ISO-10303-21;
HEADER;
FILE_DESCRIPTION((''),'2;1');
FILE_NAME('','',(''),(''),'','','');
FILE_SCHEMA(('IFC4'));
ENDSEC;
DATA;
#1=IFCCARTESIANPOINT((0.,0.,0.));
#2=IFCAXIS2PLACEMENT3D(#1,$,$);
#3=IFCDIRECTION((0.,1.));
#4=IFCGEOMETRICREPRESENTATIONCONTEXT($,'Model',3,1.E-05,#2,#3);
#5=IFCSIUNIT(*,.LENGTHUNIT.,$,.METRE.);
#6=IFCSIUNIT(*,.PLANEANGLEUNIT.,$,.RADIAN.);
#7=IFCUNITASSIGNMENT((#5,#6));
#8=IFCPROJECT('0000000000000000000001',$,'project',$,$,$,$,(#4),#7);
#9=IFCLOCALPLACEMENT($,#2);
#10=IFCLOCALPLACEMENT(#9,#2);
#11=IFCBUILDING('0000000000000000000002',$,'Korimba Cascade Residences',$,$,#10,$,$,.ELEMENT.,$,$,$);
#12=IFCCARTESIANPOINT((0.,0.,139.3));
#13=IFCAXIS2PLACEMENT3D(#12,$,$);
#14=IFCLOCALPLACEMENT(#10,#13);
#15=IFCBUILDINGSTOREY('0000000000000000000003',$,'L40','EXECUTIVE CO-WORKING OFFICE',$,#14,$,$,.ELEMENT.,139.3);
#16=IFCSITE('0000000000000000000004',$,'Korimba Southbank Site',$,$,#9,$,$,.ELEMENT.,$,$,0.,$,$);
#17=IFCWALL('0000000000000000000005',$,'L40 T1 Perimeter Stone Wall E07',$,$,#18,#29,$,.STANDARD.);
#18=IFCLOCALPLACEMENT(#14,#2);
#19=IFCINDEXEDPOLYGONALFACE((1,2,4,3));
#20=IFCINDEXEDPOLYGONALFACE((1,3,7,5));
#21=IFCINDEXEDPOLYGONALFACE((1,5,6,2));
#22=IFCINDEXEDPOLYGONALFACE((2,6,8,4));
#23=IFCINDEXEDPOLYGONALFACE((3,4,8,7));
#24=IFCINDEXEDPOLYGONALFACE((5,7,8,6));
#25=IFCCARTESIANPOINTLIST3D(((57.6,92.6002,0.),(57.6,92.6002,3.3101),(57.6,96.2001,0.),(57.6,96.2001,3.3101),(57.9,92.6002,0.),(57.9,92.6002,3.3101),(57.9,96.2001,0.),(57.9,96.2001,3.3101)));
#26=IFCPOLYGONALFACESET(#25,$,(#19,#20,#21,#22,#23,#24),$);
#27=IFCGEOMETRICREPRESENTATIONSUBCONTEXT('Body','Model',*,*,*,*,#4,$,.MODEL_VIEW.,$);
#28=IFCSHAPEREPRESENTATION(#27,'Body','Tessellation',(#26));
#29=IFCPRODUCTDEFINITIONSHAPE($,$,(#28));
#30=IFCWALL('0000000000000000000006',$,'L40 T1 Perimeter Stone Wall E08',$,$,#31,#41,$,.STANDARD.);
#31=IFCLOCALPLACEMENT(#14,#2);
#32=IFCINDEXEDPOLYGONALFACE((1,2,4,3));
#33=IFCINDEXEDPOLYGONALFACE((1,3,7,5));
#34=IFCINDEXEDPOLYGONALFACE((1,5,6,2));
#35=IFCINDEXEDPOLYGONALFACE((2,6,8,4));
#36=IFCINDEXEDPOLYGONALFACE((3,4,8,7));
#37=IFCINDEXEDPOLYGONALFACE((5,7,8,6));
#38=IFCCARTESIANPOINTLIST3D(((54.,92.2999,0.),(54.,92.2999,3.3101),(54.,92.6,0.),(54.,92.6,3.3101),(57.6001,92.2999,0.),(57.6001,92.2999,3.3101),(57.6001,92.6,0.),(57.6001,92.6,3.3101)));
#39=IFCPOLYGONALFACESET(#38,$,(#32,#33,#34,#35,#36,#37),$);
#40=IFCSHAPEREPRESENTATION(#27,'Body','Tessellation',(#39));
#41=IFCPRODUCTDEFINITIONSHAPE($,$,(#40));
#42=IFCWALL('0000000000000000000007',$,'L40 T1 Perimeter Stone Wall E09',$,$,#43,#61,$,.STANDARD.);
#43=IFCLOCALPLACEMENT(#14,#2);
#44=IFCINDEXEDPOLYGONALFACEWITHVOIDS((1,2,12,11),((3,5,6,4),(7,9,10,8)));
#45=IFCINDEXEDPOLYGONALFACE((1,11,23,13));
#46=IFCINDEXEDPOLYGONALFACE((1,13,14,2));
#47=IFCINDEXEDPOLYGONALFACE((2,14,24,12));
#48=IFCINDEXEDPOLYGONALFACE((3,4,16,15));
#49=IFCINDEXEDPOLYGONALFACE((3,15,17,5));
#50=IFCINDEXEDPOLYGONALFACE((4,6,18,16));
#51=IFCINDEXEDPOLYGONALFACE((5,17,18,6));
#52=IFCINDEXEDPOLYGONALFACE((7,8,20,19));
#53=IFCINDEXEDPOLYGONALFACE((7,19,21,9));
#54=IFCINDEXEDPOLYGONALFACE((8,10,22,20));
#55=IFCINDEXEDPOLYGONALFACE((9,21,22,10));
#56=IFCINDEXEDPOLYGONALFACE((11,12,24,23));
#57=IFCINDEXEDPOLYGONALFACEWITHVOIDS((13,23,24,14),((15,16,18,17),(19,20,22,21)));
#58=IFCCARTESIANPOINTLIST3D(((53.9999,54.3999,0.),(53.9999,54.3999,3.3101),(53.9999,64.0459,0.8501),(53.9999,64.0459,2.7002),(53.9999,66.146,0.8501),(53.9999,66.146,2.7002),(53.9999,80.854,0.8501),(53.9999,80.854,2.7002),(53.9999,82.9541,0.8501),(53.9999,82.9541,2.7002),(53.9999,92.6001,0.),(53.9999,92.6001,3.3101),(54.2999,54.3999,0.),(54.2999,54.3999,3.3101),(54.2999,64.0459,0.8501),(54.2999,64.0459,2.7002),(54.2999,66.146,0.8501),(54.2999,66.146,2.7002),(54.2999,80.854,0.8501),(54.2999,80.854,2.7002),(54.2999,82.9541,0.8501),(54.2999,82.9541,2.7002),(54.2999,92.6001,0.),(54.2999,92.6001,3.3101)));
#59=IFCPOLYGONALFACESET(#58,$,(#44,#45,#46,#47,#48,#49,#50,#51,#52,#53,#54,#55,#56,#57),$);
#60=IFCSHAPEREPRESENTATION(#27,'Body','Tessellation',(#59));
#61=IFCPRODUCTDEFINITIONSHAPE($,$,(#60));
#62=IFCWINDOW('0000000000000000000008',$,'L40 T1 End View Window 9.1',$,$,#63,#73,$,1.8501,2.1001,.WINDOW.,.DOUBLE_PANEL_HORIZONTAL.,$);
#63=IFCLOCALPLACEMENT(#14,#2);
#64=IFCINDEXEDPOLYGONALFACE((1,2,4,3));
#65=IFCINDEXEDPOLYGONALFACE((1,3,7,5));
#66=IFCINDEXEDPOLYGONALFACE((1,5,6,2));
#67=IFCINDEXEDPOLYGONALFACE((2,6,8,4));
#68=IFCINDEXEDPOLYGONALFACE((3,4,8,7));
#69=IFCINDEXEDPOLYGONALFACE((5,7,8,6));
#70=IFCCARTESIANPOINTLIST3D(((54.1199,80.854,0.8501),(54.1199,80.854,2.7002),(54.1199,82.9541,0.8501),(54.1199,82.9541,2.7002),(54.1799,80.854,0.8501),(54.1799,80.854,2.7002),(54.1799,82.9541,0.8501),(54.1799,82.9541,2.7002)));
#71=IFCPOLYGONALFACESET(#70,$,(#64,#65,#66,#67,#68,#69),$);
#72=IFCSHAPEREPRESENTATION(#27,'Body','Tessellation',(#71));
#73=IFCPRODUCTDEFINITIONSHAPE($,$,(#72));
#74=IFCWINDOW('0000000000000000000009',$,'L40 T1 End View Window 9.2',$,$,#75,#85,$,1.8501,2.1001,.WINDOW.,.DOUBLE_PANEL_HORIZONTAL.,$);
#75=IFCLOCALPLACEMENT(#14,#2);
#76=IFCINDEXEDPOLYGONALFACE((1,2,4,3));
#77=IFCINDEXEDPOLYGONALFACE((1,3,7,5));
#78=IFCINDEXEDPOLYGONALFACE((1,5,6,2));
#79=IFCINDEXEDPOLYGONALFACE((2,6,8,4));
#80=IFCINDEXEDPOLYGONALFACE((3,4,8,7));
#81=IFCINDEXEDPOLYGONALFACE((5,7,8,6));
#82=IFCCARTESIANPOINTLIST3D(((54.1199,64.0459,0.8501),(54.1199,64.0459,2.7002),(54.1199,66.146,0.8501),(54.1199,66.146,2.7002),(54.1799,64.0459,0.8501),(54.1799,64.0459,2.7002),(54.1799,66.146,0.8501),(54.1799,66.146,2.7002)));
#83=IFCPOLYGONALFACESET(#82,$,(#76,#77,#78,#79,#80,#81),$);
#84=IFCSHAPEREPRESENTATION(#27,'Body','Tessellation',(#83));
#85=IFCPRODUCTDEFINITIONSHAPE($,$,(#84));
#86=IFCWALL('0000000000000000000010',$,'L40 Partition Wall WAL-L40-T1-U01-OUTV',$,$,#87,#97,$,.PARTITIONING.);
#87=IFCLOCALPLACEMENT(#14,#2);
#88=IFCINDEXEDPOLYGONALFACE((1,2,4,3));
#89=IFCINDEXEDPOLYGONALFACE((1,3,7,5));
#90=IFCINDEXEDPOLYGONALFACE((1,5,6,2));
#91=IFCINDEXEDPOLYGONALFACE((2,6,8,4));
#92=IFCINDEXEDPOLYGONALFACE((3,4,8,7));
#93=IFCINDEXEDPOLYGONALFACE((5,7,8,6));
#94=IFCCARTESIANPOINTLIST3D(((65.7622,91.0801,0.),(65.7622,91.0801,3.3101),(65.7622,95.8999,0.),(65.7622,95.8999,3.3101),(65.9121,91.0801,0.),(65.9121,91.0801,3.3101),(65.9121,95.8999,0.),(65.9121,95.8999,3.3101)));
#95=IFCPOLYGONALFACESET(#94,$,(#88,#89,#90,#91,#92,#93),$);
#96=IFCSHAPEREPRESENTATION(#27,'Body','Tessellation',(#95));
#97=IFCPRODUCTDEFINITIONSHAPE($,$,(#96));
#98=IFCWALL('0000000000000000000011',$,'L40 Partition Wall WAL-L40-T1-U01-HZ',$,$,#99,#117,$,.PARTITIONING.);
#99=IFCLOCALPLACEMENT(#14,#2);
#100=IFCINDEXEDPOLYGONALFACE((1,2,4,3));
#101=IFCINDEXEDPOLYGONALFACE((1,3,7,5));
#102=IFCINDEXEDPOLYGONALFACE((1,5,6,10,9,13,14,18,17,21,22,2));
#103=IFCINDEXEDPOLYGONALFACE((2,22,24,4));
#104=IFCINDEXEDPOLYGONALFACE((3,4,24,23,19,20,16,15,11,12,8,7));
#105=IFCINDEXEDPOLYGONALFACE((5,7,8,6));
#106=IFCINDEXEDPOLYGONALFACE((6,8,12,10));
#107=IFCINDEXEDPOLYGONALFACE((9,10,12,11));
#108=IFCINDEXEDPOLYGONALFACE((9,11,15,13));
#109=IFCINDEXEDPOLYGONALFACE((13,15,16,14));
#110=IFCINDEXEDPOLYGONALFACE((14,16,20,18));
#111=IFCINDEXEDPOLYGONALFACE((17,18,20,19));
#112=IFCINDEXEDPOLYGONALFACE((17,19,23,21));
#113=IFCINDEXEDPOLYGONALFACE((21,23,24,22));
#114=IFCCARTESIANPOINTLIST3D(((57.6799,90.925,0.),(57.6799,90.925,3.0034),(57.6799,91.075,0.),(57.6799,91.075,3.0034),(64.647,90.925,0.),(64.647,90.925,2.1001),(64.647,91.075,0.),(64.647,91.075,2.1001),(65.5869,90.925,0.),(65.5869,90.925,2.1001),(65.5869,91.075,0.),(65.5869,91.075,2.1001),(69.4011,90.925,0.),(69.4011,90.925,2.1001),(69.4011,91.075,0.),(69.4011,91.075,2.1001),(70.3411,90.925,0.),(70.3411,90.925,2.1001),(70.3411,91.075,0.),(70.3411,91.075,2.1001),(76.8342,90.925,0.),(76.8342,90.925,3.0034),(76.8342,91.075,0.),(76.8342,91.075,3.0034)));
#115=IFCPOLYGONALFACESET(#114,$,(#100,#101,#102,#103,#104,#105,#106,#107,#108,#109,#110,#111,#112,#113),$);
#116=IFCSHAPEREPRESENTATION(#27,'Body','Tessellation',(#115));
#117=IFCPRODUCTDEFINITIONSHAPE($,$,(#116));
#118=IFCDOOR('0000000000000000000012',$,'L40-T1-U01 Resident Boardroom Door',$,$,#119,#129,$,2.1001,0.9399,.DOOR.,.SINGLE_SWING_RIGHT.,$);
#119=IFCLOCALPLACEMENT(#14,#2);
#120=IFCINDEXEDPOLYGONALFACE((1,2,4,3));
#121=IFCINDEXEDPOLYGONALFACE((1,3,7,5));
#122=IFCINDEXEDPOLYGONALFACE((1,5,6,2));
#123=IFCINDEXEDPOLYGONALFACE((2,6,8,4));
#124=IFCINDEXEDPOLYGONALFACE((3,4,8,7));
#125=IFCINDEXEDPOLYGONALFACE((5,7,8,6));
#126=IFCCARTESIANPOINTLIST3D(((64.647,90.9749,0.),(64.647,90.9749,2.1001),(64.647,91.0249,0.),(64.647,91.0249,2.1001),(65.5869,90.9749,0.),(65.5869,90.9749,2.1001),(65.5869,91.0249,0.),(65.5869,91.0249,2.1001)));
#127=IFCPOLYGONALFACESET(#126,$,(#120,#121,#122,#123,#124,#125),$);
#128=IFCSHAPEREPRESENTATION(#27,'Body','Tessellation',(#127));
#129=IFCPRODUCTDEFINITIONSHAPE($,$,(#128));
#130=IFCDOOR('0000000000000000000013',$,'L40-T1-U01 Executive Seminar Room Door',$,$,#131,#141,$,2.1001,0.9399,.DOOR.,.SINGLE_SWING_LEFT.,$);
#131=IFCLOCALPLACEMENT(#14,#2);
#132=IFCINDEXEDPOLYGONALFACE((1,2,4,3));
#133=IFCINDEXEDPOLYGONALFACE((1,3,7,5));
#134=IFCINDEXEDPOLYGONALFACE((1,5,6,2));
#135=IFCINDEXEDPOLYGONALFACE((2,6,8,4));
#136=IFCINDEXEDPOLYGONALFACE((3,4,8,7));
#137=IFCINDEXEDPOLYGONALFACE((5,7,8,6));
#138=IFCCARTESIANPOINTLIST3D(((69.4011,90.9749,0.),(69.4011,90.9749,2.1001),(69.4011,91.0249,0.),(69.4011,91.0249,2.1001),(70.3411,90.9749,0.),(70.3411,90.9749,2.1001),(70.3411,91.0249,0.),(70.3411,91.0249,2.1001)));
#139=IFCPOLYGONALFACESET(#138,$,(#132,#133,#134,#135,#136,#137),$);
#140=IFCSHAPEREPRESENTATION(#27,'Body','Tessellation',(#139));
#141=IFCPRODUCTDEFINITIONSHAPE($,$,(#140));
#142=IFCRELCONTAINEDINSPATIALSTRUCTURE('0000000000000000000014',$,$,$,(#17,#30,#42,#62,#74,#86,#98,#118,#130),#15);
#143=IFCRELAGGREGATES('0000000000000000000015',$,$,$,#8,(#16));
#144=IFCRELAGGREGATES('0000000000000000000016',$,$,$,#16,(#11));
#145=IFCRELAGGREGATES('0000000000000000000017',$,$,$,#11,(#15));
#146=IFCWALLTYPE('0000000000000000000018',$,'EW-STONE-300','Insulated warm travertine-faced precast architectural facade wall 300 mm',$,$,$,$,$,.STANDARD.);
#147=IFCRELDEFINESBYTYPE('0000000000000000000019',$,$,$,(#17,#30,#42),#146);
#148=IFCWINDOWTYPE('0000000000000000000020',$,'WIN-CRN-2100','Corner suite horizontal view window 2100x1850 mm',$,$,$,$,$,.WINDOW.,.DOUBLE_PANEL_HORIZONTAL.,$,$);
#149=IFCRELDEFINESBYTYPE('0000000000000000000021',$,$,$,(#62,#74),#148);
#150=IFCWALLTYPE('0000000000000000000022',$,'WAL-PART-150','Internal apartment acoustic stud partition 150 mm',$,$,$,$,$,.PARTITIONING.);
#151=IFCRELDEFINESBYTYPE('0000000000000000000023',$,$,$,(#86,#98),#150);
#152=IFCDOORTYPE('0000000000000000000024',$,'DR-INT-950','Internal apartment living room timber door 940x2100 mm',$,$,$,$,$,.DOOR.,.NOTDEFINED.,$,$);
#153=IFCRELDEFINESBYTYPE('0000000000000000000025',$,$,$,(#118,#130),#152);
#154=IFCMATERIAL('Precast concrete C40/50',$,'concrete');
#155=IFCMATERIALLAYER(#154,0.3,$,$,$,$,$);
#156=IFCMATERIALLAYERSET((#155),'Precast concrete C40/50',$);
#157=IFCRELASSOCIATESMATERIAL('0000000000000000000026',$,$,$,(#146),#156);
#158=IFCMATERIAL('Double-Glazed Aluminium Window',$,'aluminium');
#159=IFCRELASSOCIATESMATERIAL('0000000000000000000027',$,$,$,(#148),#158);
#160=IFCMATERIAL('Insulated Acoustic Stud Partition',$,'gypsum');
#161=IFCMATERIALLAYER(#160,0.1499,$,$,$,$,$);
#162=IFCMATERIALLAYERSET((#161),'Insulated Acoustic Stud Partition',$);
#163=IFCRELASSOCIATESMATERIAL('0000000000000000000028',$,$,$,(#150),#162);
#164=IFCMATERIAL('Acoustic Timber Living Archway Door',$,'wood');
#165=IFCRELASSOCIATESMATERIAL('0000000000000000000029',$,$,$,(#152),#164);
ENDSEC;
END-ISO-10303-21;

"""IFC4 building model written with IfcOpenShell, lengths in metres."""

from ifc_helpers import new_model, si_unit, direction, frame, frame_2d, origin, place, context, subcontext, project, spatial, rectangle, extrude, material, layer, layer_set, type_object, element, fill, save


model = new_model("IFC4")

# Units and contexts
model_context = context("Model", 3, precision=1e-05, world=origin(), true_north=direction((0.0, 1.0)))
body_context = subcontext(model_context, "Body", "Model", "MODEL_VIEW")
ifc_project = project(units=[si_unit("LENGTHUNIT", "METRE"), si_unit("PLANEANGLEUNIT", "RADIAN")], contexts=[model_context])

# Site, building, storey
site_placement = place(None, origin())
site = spatial("IfcSite", under=ifc_project, at=site_placement, Name="Korimba Southbank Site", CompositionType="ELEMENT", RefElevation=0.0)
building_placement = place(site_placement, origin())
building = spatial("IfcBuilding", under=site, at=building_placement, Name="Korimba Cascade Residences", CompositionType="ELEMENT")
storey_placement = place(building_placement, frame((0.0, 0.0, 139.3)))
storey = spatial("IfcBuildingStorey", under=building, at=storey_placement, Name="L40", Description="EXECUTIVE CO-WORKING OFFICE", CompositionType="ELEMENT", Elevation=139.3)

# Walls
ifc_material_1 = material(Name="Precast concrete C40/50", Category="concrete")
ifc_layer_1 = layer(ifc_material_1, 0.3)
ifc_layer_set_1 = layer_set([ifc_layer_1], Name="Precast concrete C40/50")
wall_type_1 = type_object("IfcWallType", Name="EW-STONE-300", Description="Insulated warm travertine-faced precast architectural facade wall 300 mm", PredefinedType="STANDARD", material=ifc_layer_set_1)
wall_1_placement = place(storey_placement, frame((57.75, 96.2, 0.0), z_axis=(0.0, 0.0, 1.0), x_axis=(0.0, -1.0, 0.0)))
element("IfcWall", 1, at=wall_1_placement, inside=storey, type_object=wall_type_1, Name="L40 T1 Perimeter Stone Wall E07", PredefinedType="STANDARD", context=body_context, shape_type="SweptSolid", body=[
    extrude(rectangle(XDim=3.5999, YDim=0.3, at=frame_2d((1.7998, 0.0))), origin(), (0.0, 0.0, 1.0), 3.3101),
])
wall_2_placement = place(storey_placement, frame((57.6001, 92.45, 0.0), z_axis=(0.0, 0.0, 1.0), x_axis=(-1.0, 0.0, 0.0)))
element("IfcWall", 2, at=wall_2_placement, inside=storey, type_object=wall_type_1, Name="L40 T1 Perimeter Stone Wall E08", PredefinedType="STANDARD", context=body_context, shape_type="SweptSolid", body=[
    extrude(rectangle(XDim=3.6001, YDim=0.3, at=frame_2d((1.8, 0.0))), origin(), (0.0, 0.0, 1.0), 3.3101),
])

# Wall, openings, windows
wall_3_placement = place(storey_placement, frame((54.1499, 92.6001, 0.0), z_axis=(0.0, 0.0, 1.0), x_axis=(0.0, -1.0, 0.0)))
wall_3 = element("IfcWall", 3, at=wall_3_placement, inside=storey, type_object=wall_type_1, Name="L40 T1 Perimeter Stone Wall E09", PredefinedType="STANDARD", context=body_context, shape_type="SweptSolid", body=[
    extrude(rectangle(XDim=38.2002, YDim=0.3, at=frame_2d((19.1001, 0.0))), origin(), (0.0, 0.0, 1.0), 3.3101),
])
opening_1_placement = place(wall_3_placement, frame((9.646, 0.0, 0.8501)))
opening_1 = element("IfcOpeningElement", 4, at=opening_1_placement, cuts=wall_3, PredefinedType="OPENING", context=body_context, shape_type="SweptSolid", body=[
    extrude(rectangle(XDim=2.1001, YDim=1.8501, at=frame_2d((1.05, 0.925))), frame((0.0, 0.1602, 0.0), z_axis=(0.0, -1.0, 0.0), x_axis=(1.0, 0.0, 0.0)), (0.0, 0.0, 1.0), 0.3201),
])
opening_2_placement = place(wall_3_placement, frame((26.4541, 0.0, 0.8501)))
opening_2 = element("IfcOpeningElement", 5, at=opening_2_placement, cuts=wall_3, PredefinedType="OPENING", context=body_context, shape_type="SweptSolid", body=[
    extrude(rectangle(XDim=2.1001, YDim=1.8501, at=frame_2d((1.05, 0.925))), frame((0.0, 0.1602, 0.0), z_axis=(0.0, -1.0, 0.0), x_axis=(1.0, 0.0, 0.0)), (0.0, 0.0, 1.0), 0.3201),
])
ifc_material_2 = material(Name="Double-Glazed Aluminium Window", Category="aluminium")
window_type = type_object("IfcWindowType", Name="WIN-CRN-2100", Description="Corner suite horizontal view window 2100x1850 mm", PartitioningType="DOUBLE_PANEL_HORIZONTAL", PredefinedType="WINDOW", material=ifc_material_2)
window_1_placement = place(opening_1_placement, origin())
window_1 = element("IfcWindow", 6, at=window_1_placement, inside=storey, type_object=window_type, Name="L40 T1 End View Window 9.1", OverallHeight=1.8501, OverallWidth=2.1001, PartitioningType="DOUBLE_PANEL_HORIZONTAL", PredefinedType="WINDOW", context=body_context, shape_type="SweptSolid", body=[
    extrude(rectangle(XDim=2.1001, YDim=1.8501, at=frame_2d((1.05, 0.925))), frame((0.0, 0.03, 0.0), z_axis=(0.0, -1.0, 0.0), x_axis=(1.0, 0.0, 0.0)), (0.0, 0.0, 1.0), 0.0601),
])
fill(opening_1, window_1)
window_2_placement = place(opening_2_placement, origin())
window_2 = element("IfcWindow", 7, at=window_2_placement, inside=storey, type_object=window_type, Name="L40 T1 End View Window 9.2", OverallHeight=1.8501, OverallWidth=2.1001, PartitioningType="DOUBLE_PANEL_HORIZONTAL", PredefinedType="WINDOW", context=body_context, shape_type="SweptSolid", body=[
    extrude(rectangle(XDim=2.1001, YDim=1.8501, at=frame_2d((1.05, 0.925))), frame((0.0, 0.03, 0.0), z_axis=(0.0, -1.0, 0.0), x_axis=(1.0, 0.0, 0.0)), (0.0, 0.0, 1.0), 0.0601),
])
fill(opening_2, window_2)

# Wall
ifc_material_3 = material(Name="Insulated Acoustic Stud Partition", Category="gypsum")
ifc_layer_2 = layer(ifc_material_3, 0.1499)
ifc_layer_set_2 = layer_set([ifc_layer_2], Name="Insulated Acoustic Stud Partition")
wall_type_2 = type_object("IfcWallType", Name="WAL-PART-150", Description="Internal apartment acoustic stud partition 150 mm", PredefinedType="PARTITIONING", material=ifc_layer_set_2)
wall_4_placement = place(storey_placement, frame((65.8372, 91.0801, 0.0), z_axis=(0.0, 0.0, 1.0), x_axis=(0.0, 1.0, 0.0)))
element("IfcWall", 8, at=wall_4_placement, inside=storey, type_object=wall_type_2, Name="L40 Partition Wall WAL-L40-T1-U01-OUTV", PredefinedType="PARTITIONING", context=body_context, shape_type="SweptSolid", body=[
    extrude(rectangle(XDim=4.8198, YDim=0.1499, at=frame_2d((2.4099, 0.0))), origin(), (0.0, 0.0, 1.0), 3.3101),
])

# Wall, openings, doors
wall_5_placement = place(storey_placement, frame((57.6799, 91.0, 0.0), z_axis=(0.0, 0.0, 1.0), x_axis=(1.0, 0.0, 0.0)))
wall_5 = element("IfcWall", 9, at=wall_5_placement, inside=storey, type_object=wall_type_2, Name="L40 Partition Wall WAL-L40-T1-U01-HZ", PredefinedType="PARTITIONING", context=body_context, shape_type="SweptSolid", body=[
    extrude(rectangle(XDim=19.1543, YDim=0.1499, at=frame_2d((9.5771, 0.0))), origin(), (0.0, 0.0, 1.0), 3.0034),
])
opening_3_placement = place(wall_5_placement, frame((6.967, 0.0, 0.0)))
opening_3 = element("IfcOpeningElement", 10, at=opening_3_placement, cuts=wall_5, PredefinedType="OPENING", context=body_context, shape_type="SweptSolid", body=[
    extrude(rectangle(XDim=0.9399, YDim=2.1001, at=frame_2d((0.47, 1.05))), frame((0.0, 0.085, 0.0), z_axis=(0.0, -1.0, 0.0), x_axis=(1.0, 0.0, 0.0)), (0.0, 0.0, 1.0), 0.1699),
])
opening_4_placement = place(wall_5_placement, frame((11.7212, 0.0, 0.0)))
opening_4 = element("IfcOpeningElement", 11, at=opening_4_placement, cuts=wall_5, PredefinedType="OPENING", context=body_context, shape_type="SweptSolid", body=[
    extrude(rectangle(XDim=0.9399, YDim=2.1001, at=frame_2d((0.47, 1.05))), frame((0.0, 0.085, 0.0), z_axis=(0.0, -1.0, 0.0), x_axis=(1.0, 0.0, 0.0)), (0.0, 0.0, 1.0), 0.1699),
])
ifc_material_4 = material(Name="Acoustic Timber Living Archway Door", Category="wood")
door_type = type_object("IfcDoorType", Name="DR-INT-950", Description="Internal apartment living room timber door 940x2100 mm", OperationType="NOTDEFINED", PredefinedType="DOOR", material=ifc_material_4)
door_1_placement = place(opening_3_placement, origin())
door_1 = element("IfcDoor", 12, at=door_1_placement, inside=storey, type_object=door_type, Name="L40-T1-U01 Resident Boardroom Door", OperationType="SINGLE_SWING_RIGHT", OverallHeight=2.1001, OverallWidth=0.9399, PredefinedType="DOOR", context=body_context, shape_type="SweptSolid", body=[
    extrude(rectangle(XDim=0.9399, YDim=2.1001, at=frame_2d((0.47, 1.05))), frame((0.0, 0.0249, 0.0), z_axis=(0.0, -1.0, 0.0), x_axis=(1.0, 0.0, 0.0)), (0.0, 0.0, 1.0), 0.05),
])
fill(opening_3, door_1)
door_2_placement = place(opening_4_placement, origin())
door_2 = element("IfcDoor", 13, at=door_2_placement, inside=storey, type_object=door_type, Name="L40-T1-U01 Executive Seminar Room Door", OperationType="SINGLE_SWING_LEFT", OverallHeight=2.1001, OverallWidth=0.9399, PredefinedType="DOOR", context=body_context, shape_type="SweptSolid", body=[
    extrude(rectangle(XDim=0.9399, YDim=2.1001, at=frame_2d((0.47, 1.05))), frame((0.0, 0.0249, 0.0), z_axis=(0.0, -1.0, 0.0), x_axis=(1.0, 0.0, 0.0)), (0.0, 0.0, 1.0), 0.05),
])
fill(opening_4, door_2)

save(model, "model.ifc")
